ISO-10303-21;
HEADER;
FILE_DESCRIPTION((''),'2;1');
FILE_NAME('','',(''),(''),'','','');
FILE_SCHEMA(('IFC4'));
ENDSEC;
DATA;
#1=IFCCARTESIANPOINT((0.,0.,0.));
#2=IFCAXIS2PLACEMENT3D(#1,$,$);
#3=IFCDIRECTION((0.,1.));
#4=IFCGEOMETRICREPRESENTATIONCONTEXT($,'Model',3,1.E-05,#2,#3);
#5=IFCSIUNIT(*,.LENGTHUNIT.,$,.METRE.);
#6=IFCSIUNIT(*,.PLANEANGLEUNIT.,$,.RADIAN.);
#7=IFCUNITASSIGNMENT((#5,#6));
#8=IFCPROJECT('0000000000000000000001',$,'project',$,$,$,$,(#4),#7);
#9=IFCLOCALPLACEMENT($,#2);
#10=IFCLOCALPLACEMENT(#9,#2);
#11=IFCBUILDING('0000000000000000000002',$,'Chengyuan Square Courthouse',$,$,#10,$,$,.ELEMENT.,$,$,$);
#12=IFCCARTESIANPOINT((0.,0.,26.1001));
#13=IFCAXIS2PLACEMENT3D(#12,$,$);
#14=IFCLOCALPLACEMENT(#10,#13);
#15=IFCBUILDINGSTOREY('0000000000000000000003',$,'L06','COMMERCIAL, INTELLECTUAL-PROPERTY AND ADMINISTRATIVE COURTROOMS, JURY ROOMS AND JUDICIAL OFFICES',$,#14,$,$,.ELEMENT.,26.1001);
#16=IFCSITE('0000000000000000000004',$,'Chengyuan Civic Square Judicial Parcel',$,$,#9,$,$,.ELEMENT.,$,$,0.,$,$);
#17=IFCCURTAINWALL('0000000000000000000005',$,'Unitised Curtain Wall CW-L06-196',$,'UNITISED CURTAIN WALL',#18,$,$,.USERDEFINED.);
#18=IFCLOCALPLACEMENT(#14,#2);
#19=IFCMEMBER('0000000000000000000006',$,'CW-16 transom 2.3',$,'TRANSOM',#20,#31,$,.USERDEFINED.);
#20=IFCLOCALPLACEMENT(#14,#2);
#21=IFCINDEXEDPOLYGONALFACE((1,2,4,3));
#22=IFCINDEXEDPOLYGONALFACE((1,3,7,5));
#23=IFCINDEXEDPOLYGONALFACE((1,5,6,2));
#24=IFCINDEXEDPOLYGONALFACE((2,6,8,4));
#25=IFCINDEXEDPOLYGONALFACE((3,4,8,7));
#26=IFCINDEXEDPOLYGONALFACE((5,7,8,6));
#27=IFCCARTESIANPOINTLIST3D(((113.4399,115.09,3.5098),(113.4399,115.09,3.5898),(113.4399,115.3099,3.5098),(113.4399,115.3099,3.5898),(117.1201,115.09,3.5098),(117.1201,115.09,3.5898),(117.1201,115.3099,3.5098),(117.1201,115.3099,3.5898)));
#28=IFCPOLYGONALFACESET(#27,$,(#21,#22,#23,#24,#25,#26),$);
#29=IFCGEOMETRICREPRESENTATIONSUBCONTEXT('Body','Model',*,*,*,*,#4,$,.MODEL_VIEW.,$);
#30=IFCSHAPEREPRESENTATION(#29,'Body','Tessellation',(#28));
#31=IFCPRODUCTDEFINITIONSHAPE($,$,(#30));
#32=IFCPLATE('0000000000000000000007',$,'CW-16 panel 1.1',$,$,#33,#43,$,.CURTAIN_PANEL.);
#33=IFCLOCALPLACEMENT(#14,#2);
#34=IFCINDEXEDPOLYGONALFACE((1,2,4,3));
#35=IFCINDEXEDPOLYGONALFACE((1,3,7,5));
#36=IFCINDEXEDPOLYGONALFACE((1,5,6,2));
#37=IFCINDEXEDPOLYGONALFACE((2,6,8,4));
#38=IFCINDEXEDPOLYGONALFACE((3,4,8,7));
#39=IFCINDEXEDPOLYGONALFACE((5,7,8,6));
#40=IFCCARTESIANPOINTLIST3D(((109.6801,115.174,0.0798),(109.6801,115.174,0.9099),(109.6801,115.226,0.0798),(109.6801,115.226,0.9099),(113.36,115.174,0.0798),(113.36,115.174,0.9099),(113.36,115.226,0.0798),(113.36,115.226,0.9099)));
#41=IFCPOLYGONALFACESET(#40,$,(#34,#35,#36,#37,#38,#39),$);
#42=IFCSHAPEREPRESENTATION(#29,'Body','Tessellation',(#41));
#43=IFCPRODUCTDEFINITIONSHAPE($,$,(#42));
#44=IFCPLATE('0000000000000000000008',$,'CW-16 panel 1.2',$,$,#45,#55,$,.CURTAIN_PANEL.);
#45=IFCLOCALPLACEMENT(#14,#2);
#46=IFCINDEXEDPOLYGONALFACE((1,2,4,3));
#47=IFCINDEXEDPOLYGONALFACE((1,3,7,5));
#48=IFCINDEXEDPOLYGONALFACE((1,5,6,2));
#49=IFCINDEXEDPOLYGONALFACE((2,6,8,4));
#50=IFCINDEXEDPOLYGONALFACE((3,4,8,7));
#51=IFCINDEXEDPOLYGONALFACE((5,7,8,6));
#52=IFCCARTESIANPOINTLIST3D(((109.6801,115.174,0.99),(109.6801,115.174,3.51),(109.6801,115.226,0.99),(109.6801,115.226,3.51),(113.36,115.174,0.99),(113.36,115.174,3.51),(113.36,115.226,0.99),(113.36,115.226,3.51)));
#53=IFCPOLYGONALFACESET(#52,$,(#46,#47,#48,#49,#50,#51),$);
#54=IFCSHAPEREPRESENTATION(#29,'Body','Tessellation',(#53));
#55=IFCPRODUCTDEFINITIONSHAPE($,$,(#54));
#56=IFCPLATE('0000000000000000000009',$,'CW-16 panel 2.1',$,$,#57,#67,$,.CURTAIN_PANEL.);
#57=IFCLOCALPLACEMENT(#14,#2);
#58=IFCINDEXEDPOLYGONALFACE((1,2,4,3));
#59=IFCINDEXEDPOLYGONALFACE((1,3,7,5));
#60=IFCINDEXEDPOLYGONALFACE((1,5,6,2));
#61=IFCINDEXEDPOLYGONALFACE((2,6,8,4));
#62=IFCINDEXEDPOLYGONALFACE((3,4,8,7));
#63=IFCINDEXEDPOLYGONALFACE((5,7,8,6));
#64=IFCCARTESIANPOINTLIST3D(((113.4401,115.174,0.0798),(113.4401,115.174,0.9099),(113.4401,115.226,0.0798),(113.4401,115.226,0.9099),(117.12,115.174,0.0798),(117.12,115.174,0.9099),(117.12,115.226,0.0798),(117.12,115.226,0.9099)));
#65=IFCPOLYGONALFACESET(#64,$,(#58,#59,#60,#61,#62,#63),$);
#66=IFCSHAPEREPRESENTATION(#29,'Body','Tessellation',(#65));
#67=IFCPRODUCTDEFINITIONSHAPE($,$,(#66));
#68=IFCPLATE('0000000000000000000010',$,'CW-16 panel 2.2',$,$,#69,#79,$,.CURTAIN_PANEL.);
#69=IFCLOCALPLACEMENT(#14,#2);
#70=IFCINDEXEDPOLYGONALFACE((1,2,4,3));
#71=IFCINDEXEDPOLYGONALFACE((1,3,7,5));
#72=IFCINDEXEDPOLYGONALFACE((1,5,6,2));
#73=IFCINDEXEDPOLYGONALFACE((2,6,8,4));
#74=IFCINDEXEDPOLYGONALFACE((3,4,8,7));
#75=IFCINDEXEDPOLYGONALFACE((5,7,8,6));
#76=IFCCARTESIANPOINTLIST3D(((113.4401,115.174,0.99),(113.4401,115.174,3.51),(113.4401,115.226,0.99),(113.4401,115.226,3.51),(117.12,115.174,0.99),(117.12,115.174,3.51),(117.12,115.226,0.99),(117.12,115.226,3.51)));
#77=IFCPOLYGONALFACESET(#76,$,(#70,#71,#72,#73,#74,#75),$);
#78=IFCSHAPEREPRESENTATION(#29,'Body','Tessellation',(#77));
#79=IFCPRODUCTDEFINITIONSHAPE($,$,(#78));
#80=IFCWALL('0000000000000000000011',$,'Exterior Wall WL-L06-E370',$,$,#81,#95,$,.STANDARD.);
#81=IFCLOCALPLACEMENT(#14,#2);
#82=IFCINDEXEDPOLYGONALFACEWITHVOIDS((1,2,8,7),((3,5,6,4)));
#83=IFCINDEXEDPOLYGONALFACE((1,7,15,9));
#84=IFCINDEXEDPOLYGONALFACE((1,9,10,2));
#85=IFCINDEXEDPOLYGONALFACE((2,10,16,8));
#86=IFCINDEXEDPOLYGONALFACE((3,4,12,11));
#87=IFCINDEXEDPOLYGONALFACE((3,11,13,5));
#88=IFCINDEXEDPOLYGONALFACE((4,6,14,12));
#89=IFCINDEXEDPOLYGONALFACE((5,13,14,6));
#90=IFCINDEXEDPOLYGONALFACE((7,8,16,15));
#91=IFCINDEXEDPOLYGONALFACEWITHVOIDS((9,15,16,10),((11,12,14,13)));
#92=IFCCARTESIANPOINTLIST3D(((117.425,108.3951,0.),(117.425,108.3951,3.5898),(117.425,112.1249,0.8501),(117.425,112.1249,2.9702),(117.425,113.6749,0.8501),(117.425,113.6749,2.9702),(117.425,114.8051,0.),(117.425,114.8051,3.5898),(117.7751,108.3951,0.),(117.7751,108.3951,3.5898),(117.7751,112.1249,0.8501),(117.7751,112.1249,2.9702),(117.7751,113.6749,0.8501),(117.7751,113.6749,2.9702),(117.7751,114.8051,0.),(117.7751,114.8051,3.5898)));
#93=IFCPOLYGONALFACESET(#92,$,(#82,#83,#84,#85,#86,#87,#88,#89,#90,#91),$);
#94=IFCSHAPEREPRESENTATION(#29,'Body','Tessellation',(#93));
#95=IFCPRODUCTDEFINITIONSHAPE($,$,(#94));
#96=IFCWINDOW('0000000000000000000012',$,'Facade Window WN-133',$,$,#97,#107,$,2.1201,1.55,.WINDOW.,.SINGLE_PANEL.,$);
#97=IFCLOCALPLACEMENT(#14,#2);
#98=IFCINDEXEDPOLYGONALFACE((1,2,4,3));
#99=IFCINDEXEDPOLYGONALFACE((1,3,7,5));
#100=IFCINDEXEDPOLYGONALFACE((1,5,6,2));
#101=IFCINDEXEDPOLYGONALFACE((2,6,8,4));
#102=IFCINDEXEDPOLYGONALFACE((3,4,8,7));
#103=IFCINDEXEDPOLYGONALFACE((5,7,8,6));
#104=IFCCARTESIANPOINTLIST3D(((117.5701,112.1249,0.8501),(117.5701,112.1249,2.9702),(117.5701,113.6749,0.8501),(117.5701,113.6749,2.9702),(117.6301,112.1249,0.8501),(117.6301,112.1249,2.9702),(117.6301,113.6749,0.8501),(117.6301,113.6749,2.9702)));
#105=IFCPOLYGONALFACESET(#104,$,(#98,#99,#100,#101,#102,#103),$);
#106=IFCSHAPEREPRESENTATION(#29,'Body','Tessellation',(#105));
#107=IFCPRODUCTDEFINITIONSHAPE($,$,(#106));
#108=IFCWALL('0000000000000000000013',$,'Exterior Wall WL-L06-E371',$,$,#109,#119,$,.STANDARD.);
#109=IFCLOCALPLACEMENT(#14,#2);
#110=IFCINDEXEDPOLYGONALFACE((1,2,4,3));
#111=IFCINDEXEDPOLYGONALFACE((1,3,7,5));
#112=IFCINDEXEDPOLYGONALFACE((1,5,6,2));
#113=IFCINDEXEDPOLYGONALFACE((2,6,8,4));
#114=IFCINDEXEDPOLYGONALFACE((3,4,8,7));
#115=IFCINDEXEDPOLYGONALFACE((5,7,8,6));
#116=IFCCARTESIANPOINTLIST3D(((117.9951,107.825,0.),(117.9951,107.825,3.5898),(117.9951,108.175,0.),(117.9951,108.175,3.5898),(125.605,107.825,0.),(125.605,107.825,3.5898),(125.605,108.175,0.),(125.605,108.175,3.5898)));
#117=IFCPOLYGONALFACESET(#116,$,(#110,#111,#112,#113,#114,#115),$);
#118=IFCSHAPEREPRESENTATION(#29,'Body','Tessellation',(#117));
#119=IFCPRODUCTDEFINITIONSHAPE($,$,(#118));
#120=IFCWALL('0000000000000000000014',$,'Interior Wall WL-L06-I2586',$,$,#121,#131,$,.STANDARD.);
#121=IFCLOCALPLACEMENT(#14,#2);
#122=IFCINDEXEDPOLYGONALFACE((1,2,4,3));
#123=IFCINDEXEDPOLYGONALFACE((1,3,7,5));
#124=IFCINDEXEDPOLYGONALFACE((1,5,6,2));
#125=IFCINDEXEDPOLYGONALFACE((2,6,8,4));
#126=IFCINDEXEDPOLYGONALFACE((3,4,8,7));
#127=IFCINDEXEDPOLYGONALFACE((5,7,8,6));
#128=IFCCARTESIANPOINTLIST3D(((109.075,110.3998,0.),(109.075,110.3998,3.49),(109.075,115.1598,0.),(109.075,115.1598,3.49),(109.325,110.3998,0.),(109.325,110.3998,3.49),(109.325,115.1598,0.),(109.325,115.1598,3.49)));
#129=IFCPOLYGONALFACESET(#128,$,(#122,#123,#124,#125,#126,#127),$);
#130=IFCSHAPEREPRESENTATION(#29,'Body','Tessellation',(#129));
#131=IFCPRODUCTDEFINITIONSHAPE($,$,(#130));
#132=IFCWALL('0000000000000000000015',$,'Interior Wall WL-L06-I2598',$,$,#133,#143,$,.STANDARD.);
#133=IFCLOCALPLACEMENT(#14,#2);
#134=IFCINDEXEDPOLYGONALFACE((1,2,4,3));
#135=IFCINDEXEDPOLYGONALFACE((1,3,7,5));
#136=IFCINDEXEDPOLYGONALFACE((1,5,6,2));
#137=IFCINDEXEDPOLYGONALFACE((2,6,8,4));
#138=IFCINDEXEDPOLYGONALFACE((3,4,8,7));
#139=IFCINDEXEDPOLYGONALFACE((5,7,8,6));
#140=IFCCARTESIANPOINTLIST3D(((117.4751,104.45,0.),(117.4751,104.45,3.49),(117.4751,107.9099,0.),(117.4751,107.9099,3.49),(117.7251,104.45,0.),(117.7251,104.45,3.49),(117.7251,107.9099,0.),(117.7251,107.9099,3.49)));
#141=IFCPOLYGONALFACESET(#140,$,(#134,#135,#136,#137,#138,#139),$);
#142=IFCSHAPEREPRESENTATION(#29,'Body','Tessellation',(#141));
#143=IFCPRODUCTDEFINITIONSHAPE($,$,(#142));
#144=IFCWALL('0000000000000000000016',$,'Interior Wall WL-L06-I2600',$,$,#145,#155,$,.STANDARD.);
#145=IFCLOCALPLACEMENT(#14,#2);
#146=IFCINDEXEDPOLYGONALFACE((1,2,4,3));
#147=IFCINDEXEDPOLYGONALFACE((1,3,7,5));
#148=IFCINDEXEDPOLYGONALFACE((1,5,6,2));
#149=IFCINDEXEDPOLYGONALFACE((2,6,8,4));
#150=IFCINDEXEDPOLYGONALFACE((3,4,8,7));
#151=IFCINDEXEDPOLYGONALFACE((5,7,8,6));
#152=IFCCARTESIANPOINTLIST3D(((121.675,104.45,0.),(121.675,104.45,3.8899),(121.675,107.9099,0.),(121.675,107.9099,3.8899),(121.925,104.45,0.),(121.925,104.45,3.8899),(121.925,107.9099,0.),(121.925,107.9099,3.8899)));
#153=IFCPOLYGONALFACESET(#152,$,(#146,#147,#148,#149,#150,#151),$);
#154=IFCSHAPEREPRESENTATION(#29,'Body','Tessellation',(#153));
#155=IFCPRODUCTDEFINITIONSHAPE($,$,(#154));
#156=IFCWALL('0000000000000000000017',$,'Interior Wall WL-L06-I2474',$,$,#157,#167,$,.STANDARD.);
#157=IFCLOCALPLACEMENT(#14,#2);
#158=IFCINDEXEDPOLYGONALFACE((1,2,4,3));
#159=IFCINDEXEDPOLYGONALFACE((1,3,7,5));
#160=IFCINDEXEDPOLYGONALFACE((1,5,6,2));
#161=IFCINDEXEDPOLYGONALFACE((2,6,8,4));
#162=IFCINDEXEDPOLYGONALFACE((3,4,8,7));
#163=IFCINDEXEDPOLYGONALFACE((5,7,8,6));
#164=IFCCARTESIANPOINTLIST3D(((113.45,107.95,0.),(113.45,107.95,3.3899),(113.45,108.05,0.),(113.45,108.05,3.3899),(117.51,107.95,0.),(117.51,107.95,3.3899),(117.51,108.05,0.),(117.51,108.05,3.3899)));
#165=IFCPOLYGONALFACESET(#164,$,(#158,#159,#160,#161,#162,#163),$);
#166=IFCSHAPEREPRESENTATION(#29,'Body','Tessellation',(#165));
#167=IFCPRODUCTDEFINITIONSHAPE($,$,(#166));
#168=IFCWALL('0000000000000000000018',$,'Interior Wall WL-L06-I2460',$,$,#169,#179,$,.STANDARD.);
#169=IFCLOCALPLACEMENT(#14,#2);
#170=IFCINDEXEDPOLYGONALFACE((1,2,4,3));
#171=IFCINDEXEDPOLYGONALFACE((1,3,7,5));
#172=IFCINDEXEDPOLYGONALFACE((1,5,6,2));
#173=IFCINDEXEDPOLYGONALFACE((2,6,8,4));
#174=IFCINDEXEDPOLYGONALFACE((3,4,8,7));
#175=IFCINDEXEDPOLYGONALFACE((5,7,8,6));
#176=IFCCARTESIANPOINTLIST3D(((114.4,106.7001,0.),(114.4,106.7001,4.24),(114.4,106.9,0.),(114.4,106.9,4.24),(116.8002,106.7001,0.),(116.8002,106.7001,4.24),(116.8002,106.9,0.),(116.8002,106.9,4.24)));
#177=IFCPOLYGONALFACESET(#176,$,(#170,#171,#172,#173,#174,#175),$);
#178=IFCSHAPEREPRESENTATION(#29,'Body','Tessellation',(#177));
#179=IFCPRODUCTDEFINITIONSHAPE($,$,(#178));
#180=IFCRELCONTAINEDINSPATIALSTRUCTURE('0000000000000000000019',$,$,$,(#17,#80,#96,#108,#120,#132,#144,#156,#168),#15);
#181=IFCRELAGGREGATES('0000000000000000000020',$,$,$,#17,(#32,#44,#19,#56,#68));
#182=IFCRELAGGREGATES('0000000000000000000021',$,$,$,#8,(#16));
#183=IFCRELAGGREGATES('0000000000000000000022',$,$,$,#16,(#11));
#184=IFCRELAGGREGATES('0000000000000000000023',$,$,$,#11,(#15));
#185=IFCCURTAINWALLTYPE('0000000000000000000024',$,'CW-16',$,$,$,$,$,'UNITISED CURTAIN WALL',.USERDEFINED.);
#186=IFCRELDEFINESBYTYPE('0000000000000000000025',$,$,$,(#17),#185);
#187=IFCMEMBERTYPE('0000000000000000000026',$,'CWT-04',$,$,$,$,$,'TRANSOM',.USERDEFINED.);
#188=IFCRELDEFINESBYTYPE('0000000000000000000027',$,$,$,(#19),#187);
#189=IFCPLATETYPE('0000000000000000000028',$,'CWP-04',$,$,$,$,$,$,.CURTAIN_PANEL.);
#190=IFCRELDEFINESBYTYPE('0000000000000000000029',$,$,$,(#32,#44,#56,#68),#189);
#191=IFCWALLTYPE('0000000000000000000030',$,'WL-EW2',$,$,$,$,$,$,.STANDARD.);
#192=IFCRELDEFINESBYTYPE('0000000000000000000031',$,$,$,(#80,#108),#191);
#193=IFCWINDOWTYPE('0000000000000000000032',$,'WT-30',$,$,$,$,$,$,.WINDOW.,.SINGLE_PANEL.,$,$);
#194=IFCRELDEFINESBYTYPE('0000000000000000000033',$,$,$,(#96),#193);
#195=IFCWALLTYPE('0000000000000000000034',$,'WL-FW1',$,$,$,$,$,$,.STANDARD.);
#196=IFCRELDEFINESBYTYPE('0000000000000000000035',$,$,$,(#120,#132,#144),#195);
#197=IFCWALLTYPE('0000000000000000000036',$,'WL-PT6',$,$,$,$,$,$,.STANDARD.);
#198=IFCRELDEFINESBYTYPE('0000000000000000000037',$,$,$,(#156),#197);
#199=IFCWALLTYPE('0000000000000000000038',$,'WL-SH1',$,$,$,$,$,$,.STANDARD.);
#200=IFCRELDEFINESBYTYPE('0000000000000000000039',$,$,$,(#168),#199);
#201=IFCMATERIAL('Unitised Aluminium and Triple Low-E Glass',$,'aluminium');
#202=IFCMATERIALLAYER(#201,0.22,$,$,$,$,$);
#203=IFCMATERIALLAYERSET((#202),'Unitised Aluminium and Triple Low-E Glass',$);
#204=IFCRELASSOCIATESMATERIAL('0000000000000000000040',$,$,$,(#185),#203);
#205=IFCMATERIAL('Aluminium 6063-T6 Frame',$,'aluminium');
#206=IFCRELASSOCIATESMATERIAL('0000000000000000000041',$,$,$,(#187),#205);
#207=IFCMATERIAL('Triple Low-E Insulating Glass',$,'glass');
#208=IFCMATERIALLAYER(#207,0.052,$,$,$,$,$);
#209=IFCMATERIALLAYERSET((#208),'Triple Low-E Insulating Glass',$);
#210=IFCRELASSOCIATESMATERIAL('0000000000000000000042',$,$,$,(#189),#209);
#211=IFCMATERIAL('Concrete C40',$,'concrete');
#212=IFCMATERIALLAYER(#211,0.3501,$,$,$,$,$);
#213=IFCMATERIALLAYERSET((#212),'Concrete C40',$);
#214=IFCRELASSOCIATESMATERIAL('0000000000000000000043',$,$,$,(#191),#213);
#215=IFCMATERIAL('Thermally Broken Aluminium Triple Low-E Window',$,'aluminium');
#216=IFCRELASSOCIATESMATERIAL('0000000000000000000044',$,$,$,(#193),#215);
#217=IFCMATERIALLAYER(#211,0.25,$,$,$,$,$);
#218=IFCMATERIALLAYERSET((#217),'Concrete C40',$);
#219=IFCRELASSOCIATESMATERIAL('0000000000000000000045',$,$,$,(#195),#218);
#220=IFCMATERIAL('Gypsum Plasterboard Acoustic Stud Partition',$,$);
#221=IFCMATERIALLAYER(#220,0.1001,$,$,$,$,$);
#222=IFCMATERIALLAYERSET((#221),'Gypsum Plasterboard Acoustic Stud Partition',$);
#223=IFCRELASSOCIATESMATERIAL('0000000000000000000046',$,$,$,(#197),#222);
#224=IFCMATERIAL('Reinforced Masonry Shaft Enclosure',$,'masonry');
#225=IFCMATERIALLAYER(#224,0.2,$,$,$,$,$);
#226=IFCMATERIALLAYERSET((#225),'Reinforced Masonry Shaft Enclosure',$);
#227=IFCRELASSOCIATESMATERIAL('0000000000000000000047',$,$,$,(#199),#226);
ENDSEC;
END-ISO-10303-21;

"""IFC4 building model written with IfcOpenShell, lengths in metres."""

from ifc_helpers import new_model, si_unit, direction, frame, frame_2d, origin, origin_2d, place, context, subcontext, project, spatial, rectangle, extrude, material, layer, layer_set, material_profile, profile_set, type_object, element, fill, aggregate, save


model = new_model("IFC4")

# Units and contexts
model_context = context("Model", 3, precision=1e-05, world=origin(), true_north=direction((0.0, 1.0)))
body_context = subcontext(model_context, "Body", "Model", "MODEL_VIEW")
ifc_project = project(units=[si_unit("LENGTHUNIT", "METRE"), si_unit("PLANEANGLEUNIT", "RADIAN")], contexts=[model_context])

# Site, building, storey
site_placement = place(None, origin())
site = spatial("IfcSite", under=ifc_project, at=site_placement, Name="Chengyuan Civic Square Judicial Parcel", CompositionType="ELEMENT", RefElevation=0.0)
building_placement = place(site_placement, origin())
building = spatial("IfcBuilding", under=site, at=building_placement, Name="Chengyuan Square Courthouse", CompositionType="ELEMENT")
storey_placement = place(building_placement, frame((0.0, 0.0, 26.1001)))
storey = spatial("IfcBuildingStorey", under=building, at=storey_placement, Name="L06", Description="COMMERCIAL, INTELLECTUAL-PROPERTY AND ADMINISTRATIVE COURTROOMS, JURY ROOMS AND JUDICIAL OFFICES", CompositionType="ELEMENT", Elevation=26.1001)

# Shared definitions
ifc_material_1 = material(Name="Concrete C40", Category="concrete")

# Curtain wall, member, plates
ifc_material_2 = material(Name="Unitised Aluminium and Triple Low-E Glass", Category="aluminium")
ifc_layer_1 = layer(ifc_material_2, 0.22)
ifc_layer_set_1 = layer_set([ifc_layer_1], Name="Unitised Aluminium and Triple Low-E Glass")
curtain_wall_type = type_object("IfcCurtainWallType", Name="CW-16", ElementType="UNITISED CURTAIN WALL", PredefinedType="USERDEFINED", material=ifc_layer_set_1)
curtain_wall_placement = place(storey_placement, origin())
curtain_wall = element("IfcCurtainWall", 1, at=curtain_wall_placement, inside=storey, type_object=curtain_wall_type, Name="Unitised Curtain Wall CW-L06-196", ObjectType="UNITISED CURTAIN WALL", PredefinedType="USERDEFINED")
ifc_material_3 = material(Name="Aluminium 6063-T6 Frame", Category="aluminium")
ifc_material_profile_1 = material_profile(ifc_material_3, rectangle(XDim=0.22, YDim=0.0801, at=origin_2d()), Name="CW-TRN-80x180")
ifc_profile_set_1 = profile_set([ifc_material_profile_1], Name="Aluminium 6063-T6 Frame")
member_type_1 = type_object("IfcMemberType", Name="CWT-04", ElementType="TRANSOM", PredefinedType="USERDEFINED", material=ifc_profile_set_1)
member_1_placement = place(storey_placement, frame((113.4399, 115.2, 3.5498), z_axis=(1.0, 0.0, 0.0), x_axis=(0.0, 1.0, 0.0)))
member_1 = element("IfcMember", 2, at=member_1_placement, type_object=member_type_1, Name="CW-16 transom 2.3", ObjectType="TRANSOM", PredefinedType="USERDEFINED", context=body_context, shape_type="SweptSolid", body=[
    extrude(rectangle(XDim=0.22, YDim=0.0801, at=origin_2d()), origin(), (0.0, 0.0, 1.0), 3.6802),
])
ifc_material_4 = material(Name="Triple Low-E Insulating Glass", Category="glass")
ifc_layer_2 = layer(ifc_material_4, 0.052)
ifc_layer_set_2 = layer_set([ifc_layer_2], Name="Triple Low-E Insulating Glass")
plate_type = type_object("IfcPlateType", Name="CWP-04", PredefinedType="CURTAIN_PANEL", material=ifc_layer_set_2)
plate_1_placement = place(storey_placement, frame((111.52, 115.2, 0.0798), z_axis=(0.0, 0.0, 1.0), x_axis=(1.0, 0.0, 0.0)))
plate_1 = element("IfcPlate", 3, at=plate_1_placement, type_object=plate_type, Name="CW-16 panel 1.1", PredefinedType="CURTAIN_PANEL", context=body_context, shape_type="SweptSolid", body=[
    extrude(rectangle(XDim=3.6799, YDim=0.052, at=origin_2d()), origin(), (0.0, 0.0, 1.0), 0.8301),
])
plate_2_placement = place(storey_placement, frame((111.52, 115.2, 0.99), z_axis=(0.0, 0.0, 1.0), x_axis=(1.0, 0.0, 0.0)))
plate_2 = element("IfcPlate", 4, at=plate_2_placement, type_object=plate_type, Name="CW-16 panel 1.2", PredefinedType="CURTAIN_PANEL", context=body_context, shape_type="SweptSolid", body=[
    extrude(rectangle(XDim=3.6799, YDim=0.052, at=origin_2d()), origin(), (0.0, 0.0, 1.0), 2.52),
])
plate_3_placement = place(storey_placement, frame((115.28, 115.2, 0.0798), z_axis=(0.0, 0.0, 1.0), x_axis=(1.0, 0.0, 0.0)))
plate_3 = element("IfcPlate", 5, at=plate_3_placement, type_object=plate_type, Name="CW-16 panel 2.1", PredefinedType="CURTAIN_PANEL", context=body_context, shape_type="SweptSolid", body=[
    extrude(rectangle(XDim=3.6799, YDim=0.052, at=origin_2d()), origin(), (0.0, 0.0, 1.0), 0.8301),
])
plate_4_placement = place(storey_placement, frame((115.28, 115.2, 0.99), z_axis=(0.0, 0.0, 1.0), x_axis=(1.0, 0.0, 0.0)))
plate_4 = element("IfcPlate", 6, at=plate_4_placement, type_object=plate_type, Name="CW-16 panel 2.2", PredefinedType="CURTAIN_PANEL", context=body_context, shape_type="SweptSolid", body=[
    extrude(rectangle(XDim=3.6799, YDim=0.052, at=origin_2d()), origin(), (0.0, 0.0, 1.0), 2.52),
])
aggregate(curtain_wall, [plate_1, plate_2, member_1, plate_3, plate_4])

# Wall, opening, window
ifc_layer_3 = layer(ifc_material_1, 0.3501)
ifc_layer_set_3 = layer_set([ifc_layer_3], Name="Concrete C40")
wall_type_1 = type_object("IfcWallType", Name="WL-EW2", PredefinedType="STANDARD", material=ifc_layer_set_3)
wall_1_placement = place(storey_placement, frame((117.6001, 108.395, 0.0), z_axis=(0.0, 0.0, 1.0), x_axis=(0.0, 1.0, 0.0)))
wall_1 = element("IfcWall", 7, at=wall_1_placement, inside=storey, type_object=wall_type_1, Name="Exterior Wall WL-L06-E370", PredefinedType="STANDARD", context=body_context, shape_type="SweptSolid", body=[
    extrude(rectangle(XDim=6.4099, YDim=0.3501, at=frame_2d((3.2051, 0.0))), origin(), (0.0, 0.0, 1.0), 3.5898),
])
opening_placement = place(wall_1_placement, frame((3.73, 0.0, 0.8501)))
opening = element("IfcOpeningElement", 8, at=opening_placement, cuts=wall_1, PredefinedType="OPENING", context=body_context, shape_type="SweptSolid", body=[
    extrude(rectangle(XDim=1.55, YDim=2.1201, at=frame_2d((0.7749, 1.0601))), frame((0.0, 0.187, 0.0), z_axis=(0.0, -1.0, 0.0), x_axis=(1.0, 0.0, 0.0)), (0.0, 0.0, 1.0), 0.374),
])
ifc_material_5 = material(Name="Thermally Broken Aluminium Triple Low-E Window", Category="aluminium")
window_type = type_object("IfcWindowType", Name="WT-30", PartitioningType="SINGLE_PANEL", PredefinedType="WINDOW", material=ifc_material_5)
window_placement = place(opening_placement, origin())
window = element("IfcWindow", 9, at=window_placement, inside=storey, type_object=window_type, Name="Facade Window WN-133", OverallHeight=2.1201, OverallWidth=1.55, PartitioningType="SINGLE_PANEL", PredefinedType="WINDOW", context=body_context, shape_type="SweptSolid", body=[
    extrude(rectangle(XDim=1.55, YDim=2.1201, at=frame_2d((0.7749, 1.0601))), frame((0.0, 0.03, 0.0), z_axis=(0.0, -1.0, 0.0), x_axis=(1.0, 0.0, 0.0)), (0.0, 0.0, 1.0), 0.0601),
])
fill(opening, window)

# Walls
wall_2_placement = place(storey_placement, frame((117.9951, 108.0, 0.0), z_axis=(0.0, 0.0, 1.0), x_axis=(1.0, 0.0, 0.0)))
element("IfcWall", 10, at=wall_2_placement, inside=storey, type_object=wall_type_1, Name="Exterior Wall WL-L06-E371", PredefinedType="STANDARD", context=body_context, shape_type="SweptSolid", body=[
    extrude(rectangle(XDim=7.6099, YDim=0.3501, at=frame_2d((3.8049, 0.0))), origin(), (0.0, 0.0, 1.0), 3.5898),
])
ifc_layer_4 = layer(ifc_material_1, 0.25)
ifc_layer_set_4 = layer_set([ifc_layer_4], Name="Concrete C40")
wall_type_2 = type_object("IfcWallType", Name="WL-FW1", PredefinedType="STANDARD", material=ifc_layer_set_4)
wall_3_placement = place(storey_placement, frame((109.2, 110.3999, 0.0), z_axis=(0.0, 0.0, 1.0), x_axis=(0.0, 1.0, 0.0)))
element("IfcWall", 11, at=wall_3_placement, inside=storey, type_object=wall_type_2, Name="Interior Wall WL-L06-I2586", PredefinedType="STANDARD", context=body_context, shape_type="SweptSolid", body=[
    extrude(rectangle(XDim=4.76, YDim=0.25, at=frame_2d((2.3799, 0.0))), origin(), (0.0, 0.0, 1.0), 3.49),
])
wall_4_placement = place(storey_placement, frame((117.6001, 104.45, 0.0), z_axis=(0.0, 0.0, 1.0), x_axis=(0.0, 1.0, 0.0)))
element("IfcWall", 12, at=wall_4_placement, inside=storey, type_object=wall_type_2, Name="Interior Wall WL-L06-I2598", PredefinedType="STANDARD", context=body_context, shape_type="SweptSolid", body=[
    extrude(rectangle(XDim=3.46, YDim=0.25, at=frame_2d((1.73, 0.0))), origin(), (0.0, 0.0, 1.0), 3.49),
])
wall_5_placement = place(storey_placement, frame((121.8, 104.45, 0.0), z_axis=(0.0, 0.0, 1.0), x_axis=(0.0, 1.0, 0.0)))
element("IfcWall", 13, at=wall_5_placement, inside=storey, type_object=wall_type_2, Name="Interior Wall WL-L06-I2600", PredefinedType="STANDARD", context=body_context, shape_type="SweptSolid", body=[
    extrude(rectangle(XDim=3.46, YDim=0.25, at=frame_2d((1.73, 0.0))), origin(), (0.0, 0.0, 1.0), 3.8899),
])
ifc_material_6 = material(Name="Gypsum Plasterboard Acoustic Stud Partition")
ifc_layer_5 = layer(ifc_material_6, 0.1001)
ifc_layer_set_5 = layer_set([ifc_layer_5], Name="Gypsum Plasterboard Acoustic Stud Partition")
wall_type_3 = type_object("IfcWallType", Name="WL-PT6", PredefinedType="STANDARD", material=ifc_layer_set_5)
wall_6_placement = place(storey_placement, frame((113.45, 108.0, 0.0), z_axis=(0.0, 0.0, 1.0), x_axis=(1.0, 0.0, 0.0)))
element("IfcWall", 14, at=wall_6_placement, inside=storey, type_object=wall_type_3, Name="Interior Wall WL-L06-I2474", PredefinedType="STANDARD", context=body_context, shape_type="SweptSolid", body=[
    extrude(rectangle(XDim=4.0601, YDim=0.1001, at=frame_2d((2.03, 0.0))), origin(), (0.0, 0.0, 1.0), 3.3899),
])
ifc_material_7 = material(Name="Reinforced Masonry Shaft Enclosure", Category="masonry")
ifc_layer_6 = layer(ifc_material_7, 0.2)
ifc_layer_set_6 = layer_set([ifc_layer_6], Name="Reinforced Masonry Shaft Enclosure")
wall_type_4 = type_object("IfcWallType", Name="WL-SH1", PredefinedType="STANDARD", material=ifc_layer_set_6)
wall_7_placement = place(storey_placement, frame((114.3999, 106.8, 0.0), z_axis=(0.0, 0.0, 1.0), x_axis=(1.0, 0.0, 0.0)))
element("IfcWall", 15, at=wall_7_placement, inside=storey, type_object=wall_type_4, Name="Interior Wall WL-L06-I2460", PredefinedType="STANDARD", context=body_context, shape_type="SweptSolid", body=[
    extrude(rectangle(XDim=2.4001, YDim=0.2, at=frame_2d((1.2002, 0.0))), origin(), (0.0, 0.0, 1.0), 4.24),
])

save(model, "model.ifc")
